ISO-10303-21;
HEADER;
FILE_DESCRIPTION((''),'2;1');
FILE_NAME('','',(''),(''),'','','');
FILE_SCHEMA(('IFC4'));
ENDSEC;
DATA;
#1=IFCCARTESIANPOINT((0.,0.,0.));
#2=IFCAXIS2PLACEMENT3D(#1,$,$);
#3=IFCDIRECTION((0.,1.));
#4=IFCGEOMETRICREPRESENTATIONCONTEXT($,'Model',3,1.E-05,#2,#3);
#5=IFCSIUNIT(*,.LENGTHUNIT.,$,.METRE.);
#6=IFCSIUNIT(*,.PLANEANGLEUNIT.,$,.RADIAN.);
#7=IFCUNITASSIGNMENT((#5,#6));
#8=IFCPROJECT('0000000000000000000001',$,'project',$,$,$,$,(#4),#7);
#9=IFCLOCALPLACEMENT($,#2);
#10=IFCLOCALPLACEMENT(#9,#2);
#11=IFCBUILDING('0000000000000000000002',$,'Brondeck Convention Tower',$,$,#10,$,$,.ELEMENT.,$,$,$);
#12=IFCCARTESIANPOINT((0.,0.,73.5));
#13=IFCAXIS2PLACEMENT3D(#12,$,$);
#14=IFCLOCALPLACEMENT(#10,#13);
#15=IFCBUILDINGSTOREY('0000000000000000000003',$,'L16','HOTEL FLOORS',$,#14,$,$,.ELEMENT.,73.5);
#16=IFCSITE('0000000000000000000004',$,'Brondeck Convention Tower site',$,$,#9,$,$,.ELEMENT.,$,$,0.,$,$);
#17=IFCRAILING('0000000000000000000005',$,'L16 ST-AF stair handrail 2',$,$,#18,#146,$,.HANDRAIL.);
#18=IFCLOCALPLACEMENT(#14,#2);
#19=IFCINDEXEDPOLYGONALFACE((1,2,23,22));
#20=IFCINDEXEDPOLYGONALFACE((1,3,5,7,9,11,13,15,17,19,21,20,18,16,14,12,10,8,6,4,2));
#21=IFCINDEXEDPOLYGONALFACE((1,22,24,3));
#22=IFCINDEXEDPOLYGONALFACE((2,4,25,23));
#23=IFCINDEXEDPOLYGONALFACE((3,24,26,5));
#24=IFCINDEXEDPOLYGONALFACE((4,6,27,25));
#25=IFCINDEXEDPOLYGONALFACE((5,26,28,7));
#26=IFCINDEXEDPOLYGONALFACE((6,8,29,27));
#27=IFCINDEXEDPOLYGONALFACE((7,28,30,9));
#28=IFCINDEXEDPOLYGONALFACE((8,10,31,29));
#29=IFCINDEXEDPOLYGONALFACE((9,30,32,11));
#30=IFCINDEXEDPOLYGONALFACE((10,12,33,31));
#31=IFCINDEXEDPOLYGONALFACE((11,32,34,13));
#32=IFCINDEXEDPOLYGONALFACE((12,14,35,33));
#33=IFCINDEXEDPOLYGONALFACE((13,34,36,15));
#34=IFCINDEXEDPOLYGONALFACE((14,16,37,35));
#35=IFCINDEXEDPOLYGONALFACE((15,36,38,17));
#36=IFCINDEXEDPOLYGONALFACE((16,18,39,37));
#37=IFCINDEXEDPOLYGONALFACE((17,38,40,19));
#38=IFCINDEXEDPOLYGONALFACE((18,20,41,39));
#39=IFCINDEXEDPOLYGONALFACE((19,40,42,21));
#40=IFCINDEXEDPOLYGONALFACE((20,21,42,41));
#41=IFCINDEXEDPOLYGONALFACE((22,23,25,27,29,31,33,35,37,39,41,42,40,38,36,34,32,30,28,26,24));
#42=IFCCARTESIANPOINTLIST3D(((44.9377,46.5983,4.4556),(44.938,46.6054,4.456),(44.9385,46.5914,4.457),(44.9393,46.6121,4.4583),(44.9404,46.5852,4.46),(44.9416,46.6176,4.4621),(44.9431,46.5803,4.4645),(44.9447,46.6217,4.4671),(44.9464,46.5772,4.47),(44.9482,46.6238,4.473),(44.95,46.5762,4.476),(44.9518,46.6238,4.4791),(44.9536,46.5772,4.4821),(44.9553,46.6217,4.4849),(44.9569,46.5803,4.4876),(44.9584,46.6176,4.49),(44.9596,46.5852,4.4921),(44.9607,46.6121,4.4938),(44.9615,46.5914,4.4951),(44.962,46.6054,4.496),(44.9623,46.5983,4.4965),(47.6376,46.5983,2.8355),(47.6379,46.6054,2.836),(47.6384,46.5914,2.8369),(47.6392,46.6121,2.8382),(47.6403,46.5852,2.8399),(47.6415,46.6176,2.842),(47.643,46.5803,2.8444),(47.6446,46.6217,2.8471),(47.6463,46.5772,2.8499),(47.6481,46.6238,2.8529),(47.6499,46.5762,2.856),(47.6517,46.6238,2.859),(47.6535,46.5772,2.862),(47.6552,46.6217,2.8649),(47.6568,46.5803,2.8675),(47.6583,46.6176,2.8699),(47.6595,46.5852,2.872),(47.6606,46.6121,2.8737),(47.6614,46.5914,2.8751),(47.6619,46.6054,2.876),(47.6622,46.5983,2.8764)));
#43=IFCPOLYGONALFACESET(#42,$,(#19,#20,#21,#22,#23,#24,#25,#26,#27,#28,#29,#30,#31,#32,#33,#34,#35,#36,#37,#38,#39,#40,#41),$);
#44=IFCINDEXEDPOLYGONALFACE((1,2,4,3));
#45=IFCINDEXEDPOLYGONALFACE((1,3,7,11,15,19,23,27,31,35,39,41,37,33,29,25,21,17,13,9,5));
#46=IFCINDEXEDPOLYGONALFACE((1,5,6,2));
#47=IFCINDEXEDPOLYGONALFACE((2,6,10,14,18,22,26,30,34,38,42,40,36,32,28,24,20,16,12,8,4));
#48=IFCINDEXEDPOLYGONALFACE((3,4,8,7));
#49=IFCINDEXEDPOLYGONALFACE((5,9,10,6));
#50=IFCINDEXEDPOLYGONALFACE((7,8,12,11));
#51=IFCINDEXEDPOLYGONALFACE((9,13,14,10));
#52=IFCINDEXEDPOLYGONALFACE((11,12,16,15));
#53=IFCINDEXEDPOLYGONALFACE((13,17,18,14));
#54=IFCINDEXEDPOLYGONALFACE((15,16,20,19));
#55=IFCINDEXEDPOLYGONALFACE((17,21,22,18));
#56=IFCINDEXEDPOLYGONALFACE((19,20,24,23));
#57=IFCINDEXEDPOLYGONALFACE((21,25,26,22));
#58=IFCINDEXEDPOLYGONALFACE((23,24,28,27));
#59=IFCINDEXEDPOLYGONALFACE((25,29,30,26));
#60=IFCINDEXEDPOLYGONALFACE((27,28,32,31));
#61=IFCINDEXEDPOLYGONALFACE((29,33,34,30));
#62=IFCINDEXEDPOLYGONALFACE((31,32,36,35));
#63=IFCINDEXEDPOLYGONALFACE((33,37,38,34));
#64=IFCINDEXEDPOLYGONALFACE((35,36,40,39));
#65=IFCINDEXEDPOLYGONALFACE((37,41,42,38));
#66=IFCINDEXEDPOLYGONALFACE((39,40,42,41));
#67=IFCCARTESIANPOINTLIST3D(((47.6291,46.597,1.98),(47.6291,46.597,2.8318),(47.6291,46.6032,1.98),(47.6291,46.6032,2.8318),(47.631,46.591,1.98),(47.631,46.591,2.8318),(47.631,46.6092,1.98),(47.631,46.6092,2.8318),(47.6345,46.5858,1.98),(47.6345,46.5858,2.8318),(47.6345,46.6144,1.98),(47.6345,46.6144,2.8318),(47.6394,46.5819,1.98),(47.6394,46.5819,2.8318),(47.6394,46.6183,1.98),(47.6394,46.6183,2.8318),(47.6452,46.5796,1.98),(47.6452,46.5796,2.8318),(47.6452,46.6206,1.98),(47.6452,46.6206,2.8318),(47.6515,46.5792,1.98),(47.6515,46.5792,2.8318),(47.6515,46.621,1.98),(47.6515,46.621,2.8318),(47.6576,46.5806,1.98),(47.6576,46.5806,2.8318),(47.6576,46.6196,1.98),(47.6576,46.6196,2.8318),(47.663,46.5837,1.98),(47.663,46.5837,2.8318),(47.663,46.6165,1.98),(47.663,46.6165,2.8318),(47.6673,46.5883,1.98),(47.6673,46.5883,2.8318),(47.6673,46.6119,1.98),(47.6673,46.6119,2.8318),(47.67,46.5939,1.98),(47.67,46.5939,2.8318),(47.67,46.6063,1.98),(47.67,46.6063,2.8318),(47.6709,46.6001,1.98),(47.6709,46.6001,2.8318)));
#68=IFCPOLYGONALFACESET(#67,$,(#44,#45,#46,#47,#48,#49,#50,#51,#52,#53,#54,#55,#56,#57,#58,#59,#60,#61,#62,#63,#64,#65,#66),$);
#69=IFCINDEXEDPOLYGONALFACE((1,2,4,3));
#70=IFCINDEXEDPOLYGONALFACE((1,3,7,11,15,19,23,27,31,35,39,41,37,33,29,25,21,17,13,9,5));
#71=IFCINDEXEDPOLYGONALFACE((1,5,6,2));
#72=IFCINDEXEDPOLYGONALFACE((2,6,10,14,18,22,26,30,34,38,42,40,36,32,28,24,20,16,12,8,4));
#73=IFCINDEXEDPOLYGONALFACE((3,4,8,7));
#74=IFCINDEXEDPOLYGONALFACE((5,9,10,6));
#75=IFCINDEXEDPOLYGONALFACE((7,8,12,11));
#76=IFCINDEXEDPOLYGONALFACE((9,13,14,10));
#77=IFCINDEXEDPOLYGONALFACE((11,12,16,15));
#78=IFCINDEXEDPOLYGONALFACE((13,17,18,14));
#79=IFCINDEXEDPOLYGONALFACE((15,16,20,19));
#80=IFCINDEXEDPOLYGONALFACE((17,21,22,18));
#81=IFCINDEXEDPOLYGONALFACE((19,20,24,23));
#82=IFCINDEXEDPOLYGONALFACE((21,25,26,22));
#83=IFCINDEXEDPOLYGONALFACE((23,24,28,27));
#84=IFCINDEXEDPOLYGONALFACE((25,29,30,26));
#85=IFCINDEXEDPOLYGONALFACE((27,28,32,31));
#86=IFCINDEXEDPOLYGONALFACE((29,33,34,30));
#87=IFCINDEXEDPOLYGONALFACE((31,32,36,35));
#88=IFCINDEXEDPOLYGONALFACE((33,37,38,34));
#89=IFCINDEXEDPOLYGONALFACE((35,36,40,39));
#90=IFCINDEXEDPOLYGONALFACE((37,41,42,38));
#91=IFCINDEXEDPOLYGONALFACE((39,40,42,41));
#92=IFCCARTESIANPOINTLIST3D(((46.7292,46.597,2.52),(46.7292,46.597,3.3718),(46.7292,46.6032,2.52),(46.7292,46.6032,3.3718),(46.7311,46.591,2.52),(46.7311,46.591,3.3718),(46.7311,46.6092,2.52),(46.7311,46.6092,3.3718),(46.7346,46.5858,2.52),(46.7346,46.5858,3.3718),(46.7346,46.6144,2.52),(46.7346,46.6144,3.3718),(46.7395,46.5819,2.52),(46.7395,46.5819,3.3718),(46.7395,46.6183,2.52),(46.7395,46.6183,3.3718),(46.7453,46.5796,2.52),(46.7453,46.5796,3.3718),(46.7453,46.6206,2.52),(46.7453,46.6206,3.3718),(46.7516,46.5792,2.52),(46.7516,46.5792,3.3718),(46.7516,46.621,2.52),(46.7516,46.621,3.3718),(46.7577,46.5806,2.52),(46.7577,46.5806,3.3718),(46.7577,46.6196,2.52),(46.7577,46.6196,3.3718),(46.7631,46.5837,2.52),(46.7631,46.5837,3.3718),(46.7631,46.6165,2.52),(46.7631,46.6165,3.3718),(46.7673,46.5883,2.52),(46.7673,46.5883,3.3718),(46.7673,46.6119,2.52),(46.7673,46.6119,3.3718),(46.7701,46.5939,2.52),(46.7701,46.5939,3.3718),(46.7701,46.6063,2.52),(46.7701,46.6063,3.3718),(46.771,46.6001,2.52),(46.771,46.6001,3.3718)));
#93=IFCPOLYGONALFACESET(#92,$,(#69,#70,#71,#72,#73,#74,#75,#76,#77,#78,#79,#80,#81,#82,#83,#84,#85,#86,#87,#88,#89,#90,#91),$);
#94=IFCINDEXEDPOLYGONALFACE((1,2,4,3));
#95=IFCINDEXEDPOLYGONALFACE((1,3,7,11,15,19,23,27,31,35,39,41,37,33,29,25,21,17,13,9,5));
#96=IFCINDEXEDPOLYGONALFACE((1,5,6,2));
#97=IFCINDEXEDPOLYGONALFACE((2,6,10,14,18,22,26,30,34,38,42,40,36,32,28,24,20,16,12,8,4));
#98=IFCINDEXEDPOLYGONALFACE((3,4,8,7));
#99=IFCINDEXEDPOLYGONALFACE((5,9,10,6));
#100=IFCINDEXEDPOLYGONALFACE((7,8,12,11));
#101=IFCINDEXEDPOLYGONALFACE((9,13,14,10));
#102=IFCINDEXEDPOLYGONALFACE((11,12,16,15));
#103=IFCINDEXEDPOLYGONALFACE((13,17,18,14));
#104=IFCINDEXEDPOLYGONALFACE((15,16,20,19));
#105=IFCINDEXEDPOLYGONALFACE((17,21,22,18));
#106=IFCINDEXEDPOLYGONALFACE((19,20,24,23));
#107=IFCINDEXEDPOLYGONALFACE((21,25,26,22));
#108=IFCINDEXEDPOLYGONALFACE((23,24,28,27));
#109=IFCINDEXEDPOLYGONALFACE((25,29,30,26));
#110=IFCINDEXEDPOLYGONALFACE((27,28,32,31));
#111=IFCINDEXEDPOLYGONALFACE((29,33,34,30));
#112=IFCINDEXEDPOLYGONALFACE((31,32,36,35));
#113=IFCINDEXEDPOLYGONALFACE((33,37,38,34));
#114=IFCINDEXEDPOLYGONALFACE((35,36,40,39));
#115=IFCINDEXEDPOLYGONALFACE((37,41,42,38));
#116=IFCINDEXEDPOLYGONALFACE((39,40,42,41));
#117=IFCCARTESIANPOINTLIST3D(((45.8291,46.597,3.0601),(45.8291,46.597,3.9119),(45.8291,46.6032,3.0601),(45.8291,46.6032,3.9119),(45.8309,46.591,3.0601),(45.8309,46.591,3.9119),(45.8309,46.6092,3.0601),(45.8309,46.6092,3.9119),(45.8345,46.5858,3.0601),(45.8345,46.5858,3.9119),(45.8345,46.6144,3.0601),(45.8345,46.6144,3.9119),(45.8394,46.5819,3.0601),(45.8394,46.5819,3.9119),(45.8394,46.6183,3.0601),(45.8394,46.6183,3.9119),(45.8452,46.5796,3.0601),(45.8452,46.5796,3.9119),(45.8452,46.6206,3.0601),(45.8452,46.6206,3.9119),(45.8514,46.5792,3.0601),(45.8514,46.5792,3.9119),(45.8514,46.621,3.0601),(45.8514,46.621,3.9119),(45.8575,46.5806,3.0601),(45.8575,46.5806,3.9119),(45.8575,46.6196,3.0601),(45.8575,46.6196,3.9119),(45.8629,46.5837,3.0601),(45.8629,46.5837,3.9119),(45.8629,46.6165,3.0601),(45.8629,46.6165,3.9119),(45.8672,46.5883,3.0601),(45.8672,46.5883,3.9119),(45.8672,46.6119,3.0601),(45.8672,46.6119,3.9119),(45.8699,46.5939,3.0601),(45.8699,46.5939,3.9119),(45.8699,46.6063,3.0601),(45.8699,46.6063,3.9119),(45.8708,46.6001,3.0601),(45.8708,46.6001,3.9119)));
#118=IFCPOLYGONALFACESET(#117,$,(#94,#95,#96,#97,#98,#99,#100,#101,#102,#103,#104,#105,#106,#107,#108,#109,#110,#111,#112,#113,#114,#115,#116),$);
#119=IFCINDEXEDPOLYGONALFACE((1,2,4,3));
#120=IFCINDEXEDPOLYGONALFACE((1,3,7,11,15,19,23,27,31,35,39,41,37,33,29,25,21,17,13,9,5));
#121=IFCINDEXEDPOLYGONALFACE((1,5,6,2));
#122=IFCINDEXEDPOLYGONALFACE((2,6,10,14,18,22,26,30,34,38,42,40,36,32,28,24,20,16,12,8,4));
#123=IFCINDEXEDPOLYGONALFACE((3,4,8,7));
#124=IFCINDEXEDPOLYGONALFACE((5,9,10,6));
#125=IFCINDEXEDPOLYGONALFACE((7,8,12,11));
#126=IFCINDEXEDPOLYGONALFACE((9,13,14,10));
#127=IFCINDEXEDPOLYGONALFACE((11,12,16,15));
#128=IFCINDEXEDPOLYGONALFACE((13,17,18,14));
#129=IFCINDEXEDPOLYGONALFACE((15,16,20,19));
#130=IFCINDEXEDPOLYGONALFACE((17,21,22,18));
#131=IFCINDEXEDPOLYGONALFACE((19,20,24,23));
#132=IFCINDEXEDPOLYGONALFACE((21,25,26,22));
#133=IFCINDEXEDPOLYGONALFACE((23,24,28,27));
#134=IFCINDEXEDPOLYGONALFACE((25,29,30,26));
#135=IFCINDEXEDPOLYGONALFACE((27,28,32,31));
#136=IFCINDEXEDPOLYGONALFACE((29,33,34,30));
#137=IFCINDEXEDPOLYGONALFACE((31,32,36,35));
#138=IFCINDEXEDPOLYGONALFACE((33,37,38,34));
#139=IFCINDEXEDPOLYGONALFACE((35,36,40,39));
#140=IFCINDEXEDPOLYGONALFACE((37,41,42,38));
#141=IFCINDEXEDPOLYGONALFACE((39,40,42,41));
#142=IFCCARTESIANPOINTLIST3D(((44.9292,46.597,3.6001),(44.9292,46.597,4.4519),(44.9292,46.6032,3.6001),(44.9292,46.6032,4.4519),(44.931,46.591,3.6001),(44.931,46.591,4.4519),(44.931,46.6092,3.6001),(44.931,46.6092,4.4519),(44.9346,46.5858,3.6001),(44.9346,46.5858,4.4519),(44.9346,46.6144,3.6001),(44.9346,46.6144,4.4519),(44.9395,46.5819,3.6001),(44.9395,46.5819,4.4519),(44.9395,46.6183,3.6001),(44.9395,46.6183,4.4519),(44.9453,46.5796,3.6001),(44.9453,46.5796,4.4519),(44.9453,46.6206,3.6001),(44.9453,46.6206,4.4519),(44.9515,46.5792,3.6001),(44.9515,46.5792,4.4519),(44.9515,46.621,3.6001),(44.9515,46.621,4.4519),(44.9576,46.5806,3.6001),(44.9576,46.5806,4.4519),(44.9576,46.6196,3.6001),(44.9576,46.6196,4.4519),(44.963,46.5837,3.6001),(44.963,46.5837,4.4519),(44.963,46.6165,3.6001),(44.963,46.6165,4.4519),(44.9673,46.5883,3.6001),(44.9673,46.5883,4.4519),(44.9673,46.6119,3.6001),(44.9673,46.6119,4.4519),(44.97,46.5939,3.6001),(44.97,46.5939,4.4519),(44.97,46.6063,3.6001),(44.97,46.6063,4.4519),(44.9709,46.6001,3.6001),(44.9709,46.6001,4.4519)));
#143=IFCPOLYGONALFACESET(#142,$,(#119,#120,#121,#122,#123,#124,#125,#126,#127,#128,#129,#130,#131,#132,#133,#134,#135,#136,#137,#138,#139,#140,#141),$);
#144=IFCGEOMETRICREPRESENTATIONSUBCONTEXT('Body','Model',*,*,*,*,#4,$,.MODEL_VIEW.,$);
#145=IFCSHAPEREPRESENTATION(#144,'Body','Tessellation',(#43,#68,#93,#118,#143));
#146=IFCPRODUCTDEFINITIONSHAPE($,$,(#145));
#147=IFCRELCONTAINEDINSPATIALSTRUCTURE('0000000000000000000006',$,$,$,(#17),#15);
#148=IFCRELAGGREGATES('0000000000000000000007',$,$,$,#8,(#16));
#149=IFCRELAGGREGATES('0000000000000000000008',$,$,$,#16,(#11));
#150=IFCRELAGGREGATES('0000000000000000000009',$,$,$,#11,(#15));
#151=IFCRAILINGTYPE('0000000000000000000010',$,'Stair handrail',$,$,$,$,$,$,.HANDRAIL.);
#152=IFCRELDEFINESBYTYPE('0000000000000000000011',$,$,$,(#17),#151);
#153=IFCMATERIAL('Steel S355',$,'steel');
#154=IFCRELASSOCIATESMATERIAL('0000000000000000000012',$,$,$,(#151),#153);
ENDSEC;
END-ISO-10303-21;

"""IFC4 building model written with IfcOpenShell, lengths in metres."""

from ifc_helpers import new_model, si_unit, direction, frame, origin, origin_2d, place, context, subcontext, project, spatial, circle, extrude, material, type_object, element, save


model = new_model("IFC4")

# Units and contexts
model_context = context("Model", 3, precision=1e-05, world=origin(), true_north=direction((0.0, 1.0)))
body_context = subcontext(model_context, "Body", "Model", "MODEL_VIEW")
ifc_project = project(units=[si_unit("LENGTHUNIT", "METRE"), si_unit("PLANEANGLEUNIT", "RADIAN")], contexts=[model_context])

# Site, building, storey
site_placement = place(None, origin())
site = spatial("IfcSite", under=ifc_project, at=site_placement, Name="Brondeck Convention Tower site", CompositionType="ELEMENT", RefElevation=0.0)
building_placement = place(site_placement, origin())
building = spatial("IfcBuilding", under=site, at=building_placement, Name="Brondeck Convention Tower", CompositionType="ELEMENT")
storey_placement = place(building_placement, frame((0.0, 0.0, 73.5)))
storey = spatial("IfcBuildingStorey", under=building, at=storey_placement, Name="L16", Description="HOTEL FLOORS", CompositionType="ELEMENT", Elevation=73.5)

# Shared definitions
ifc_material_1 = material(Name="Steel S355", Category="steel")

# Railing
railing_type_1 = type_object("IfcRailingType", Name="Stair handrail", PredefinedType="HANDRAIL", material=ifc_material_1)
railing_1_placement = place(storey_placement, frame((47.6499, 46.6001, 1.98)))
element("IfcRailing", 1, at=railing_1_placement, inside=storey, type_object=railing_type_1, Name="L16 ST-AF stair handrail 2", PredefinedType="HANDRAIL", context=body_context, shape_type="SweptSolid", body=[
    extrude(circle(Radius=0.0239, at=origin_2d()), frame((0.0, 0.0, 0.876), z_axis=(-0.857472, 0.0, 0.51453), x_axis=(0.0, -1.0, 0.0)), (0.0, 0.0, 1.0), 3.1487),
    extrude(circle(Radius=0.021, at=origin_2d()), origin(), (0.0, 0.0, 1.0), 0.8518),
    extrude(circle(Radius=0.021, at=origin_2d()), frame((-0.8999, 0.0, 0.54)), (0.0, 0.0, 1.0), 0.8518),
    extrude(circle(Radius=0.021, at=origin_2d()), frame((-1.8, 0.0, 1.0801)), (0.0, 0.0, 1.0), 0.8518),
    extrude(circle(Radius=0.021, at=origin_2d()), frame((-2.7, 0.0, 1.6201)), (0.0, 0.0, 1.0), 0.8518),
])

save(model, "model.ifc")
